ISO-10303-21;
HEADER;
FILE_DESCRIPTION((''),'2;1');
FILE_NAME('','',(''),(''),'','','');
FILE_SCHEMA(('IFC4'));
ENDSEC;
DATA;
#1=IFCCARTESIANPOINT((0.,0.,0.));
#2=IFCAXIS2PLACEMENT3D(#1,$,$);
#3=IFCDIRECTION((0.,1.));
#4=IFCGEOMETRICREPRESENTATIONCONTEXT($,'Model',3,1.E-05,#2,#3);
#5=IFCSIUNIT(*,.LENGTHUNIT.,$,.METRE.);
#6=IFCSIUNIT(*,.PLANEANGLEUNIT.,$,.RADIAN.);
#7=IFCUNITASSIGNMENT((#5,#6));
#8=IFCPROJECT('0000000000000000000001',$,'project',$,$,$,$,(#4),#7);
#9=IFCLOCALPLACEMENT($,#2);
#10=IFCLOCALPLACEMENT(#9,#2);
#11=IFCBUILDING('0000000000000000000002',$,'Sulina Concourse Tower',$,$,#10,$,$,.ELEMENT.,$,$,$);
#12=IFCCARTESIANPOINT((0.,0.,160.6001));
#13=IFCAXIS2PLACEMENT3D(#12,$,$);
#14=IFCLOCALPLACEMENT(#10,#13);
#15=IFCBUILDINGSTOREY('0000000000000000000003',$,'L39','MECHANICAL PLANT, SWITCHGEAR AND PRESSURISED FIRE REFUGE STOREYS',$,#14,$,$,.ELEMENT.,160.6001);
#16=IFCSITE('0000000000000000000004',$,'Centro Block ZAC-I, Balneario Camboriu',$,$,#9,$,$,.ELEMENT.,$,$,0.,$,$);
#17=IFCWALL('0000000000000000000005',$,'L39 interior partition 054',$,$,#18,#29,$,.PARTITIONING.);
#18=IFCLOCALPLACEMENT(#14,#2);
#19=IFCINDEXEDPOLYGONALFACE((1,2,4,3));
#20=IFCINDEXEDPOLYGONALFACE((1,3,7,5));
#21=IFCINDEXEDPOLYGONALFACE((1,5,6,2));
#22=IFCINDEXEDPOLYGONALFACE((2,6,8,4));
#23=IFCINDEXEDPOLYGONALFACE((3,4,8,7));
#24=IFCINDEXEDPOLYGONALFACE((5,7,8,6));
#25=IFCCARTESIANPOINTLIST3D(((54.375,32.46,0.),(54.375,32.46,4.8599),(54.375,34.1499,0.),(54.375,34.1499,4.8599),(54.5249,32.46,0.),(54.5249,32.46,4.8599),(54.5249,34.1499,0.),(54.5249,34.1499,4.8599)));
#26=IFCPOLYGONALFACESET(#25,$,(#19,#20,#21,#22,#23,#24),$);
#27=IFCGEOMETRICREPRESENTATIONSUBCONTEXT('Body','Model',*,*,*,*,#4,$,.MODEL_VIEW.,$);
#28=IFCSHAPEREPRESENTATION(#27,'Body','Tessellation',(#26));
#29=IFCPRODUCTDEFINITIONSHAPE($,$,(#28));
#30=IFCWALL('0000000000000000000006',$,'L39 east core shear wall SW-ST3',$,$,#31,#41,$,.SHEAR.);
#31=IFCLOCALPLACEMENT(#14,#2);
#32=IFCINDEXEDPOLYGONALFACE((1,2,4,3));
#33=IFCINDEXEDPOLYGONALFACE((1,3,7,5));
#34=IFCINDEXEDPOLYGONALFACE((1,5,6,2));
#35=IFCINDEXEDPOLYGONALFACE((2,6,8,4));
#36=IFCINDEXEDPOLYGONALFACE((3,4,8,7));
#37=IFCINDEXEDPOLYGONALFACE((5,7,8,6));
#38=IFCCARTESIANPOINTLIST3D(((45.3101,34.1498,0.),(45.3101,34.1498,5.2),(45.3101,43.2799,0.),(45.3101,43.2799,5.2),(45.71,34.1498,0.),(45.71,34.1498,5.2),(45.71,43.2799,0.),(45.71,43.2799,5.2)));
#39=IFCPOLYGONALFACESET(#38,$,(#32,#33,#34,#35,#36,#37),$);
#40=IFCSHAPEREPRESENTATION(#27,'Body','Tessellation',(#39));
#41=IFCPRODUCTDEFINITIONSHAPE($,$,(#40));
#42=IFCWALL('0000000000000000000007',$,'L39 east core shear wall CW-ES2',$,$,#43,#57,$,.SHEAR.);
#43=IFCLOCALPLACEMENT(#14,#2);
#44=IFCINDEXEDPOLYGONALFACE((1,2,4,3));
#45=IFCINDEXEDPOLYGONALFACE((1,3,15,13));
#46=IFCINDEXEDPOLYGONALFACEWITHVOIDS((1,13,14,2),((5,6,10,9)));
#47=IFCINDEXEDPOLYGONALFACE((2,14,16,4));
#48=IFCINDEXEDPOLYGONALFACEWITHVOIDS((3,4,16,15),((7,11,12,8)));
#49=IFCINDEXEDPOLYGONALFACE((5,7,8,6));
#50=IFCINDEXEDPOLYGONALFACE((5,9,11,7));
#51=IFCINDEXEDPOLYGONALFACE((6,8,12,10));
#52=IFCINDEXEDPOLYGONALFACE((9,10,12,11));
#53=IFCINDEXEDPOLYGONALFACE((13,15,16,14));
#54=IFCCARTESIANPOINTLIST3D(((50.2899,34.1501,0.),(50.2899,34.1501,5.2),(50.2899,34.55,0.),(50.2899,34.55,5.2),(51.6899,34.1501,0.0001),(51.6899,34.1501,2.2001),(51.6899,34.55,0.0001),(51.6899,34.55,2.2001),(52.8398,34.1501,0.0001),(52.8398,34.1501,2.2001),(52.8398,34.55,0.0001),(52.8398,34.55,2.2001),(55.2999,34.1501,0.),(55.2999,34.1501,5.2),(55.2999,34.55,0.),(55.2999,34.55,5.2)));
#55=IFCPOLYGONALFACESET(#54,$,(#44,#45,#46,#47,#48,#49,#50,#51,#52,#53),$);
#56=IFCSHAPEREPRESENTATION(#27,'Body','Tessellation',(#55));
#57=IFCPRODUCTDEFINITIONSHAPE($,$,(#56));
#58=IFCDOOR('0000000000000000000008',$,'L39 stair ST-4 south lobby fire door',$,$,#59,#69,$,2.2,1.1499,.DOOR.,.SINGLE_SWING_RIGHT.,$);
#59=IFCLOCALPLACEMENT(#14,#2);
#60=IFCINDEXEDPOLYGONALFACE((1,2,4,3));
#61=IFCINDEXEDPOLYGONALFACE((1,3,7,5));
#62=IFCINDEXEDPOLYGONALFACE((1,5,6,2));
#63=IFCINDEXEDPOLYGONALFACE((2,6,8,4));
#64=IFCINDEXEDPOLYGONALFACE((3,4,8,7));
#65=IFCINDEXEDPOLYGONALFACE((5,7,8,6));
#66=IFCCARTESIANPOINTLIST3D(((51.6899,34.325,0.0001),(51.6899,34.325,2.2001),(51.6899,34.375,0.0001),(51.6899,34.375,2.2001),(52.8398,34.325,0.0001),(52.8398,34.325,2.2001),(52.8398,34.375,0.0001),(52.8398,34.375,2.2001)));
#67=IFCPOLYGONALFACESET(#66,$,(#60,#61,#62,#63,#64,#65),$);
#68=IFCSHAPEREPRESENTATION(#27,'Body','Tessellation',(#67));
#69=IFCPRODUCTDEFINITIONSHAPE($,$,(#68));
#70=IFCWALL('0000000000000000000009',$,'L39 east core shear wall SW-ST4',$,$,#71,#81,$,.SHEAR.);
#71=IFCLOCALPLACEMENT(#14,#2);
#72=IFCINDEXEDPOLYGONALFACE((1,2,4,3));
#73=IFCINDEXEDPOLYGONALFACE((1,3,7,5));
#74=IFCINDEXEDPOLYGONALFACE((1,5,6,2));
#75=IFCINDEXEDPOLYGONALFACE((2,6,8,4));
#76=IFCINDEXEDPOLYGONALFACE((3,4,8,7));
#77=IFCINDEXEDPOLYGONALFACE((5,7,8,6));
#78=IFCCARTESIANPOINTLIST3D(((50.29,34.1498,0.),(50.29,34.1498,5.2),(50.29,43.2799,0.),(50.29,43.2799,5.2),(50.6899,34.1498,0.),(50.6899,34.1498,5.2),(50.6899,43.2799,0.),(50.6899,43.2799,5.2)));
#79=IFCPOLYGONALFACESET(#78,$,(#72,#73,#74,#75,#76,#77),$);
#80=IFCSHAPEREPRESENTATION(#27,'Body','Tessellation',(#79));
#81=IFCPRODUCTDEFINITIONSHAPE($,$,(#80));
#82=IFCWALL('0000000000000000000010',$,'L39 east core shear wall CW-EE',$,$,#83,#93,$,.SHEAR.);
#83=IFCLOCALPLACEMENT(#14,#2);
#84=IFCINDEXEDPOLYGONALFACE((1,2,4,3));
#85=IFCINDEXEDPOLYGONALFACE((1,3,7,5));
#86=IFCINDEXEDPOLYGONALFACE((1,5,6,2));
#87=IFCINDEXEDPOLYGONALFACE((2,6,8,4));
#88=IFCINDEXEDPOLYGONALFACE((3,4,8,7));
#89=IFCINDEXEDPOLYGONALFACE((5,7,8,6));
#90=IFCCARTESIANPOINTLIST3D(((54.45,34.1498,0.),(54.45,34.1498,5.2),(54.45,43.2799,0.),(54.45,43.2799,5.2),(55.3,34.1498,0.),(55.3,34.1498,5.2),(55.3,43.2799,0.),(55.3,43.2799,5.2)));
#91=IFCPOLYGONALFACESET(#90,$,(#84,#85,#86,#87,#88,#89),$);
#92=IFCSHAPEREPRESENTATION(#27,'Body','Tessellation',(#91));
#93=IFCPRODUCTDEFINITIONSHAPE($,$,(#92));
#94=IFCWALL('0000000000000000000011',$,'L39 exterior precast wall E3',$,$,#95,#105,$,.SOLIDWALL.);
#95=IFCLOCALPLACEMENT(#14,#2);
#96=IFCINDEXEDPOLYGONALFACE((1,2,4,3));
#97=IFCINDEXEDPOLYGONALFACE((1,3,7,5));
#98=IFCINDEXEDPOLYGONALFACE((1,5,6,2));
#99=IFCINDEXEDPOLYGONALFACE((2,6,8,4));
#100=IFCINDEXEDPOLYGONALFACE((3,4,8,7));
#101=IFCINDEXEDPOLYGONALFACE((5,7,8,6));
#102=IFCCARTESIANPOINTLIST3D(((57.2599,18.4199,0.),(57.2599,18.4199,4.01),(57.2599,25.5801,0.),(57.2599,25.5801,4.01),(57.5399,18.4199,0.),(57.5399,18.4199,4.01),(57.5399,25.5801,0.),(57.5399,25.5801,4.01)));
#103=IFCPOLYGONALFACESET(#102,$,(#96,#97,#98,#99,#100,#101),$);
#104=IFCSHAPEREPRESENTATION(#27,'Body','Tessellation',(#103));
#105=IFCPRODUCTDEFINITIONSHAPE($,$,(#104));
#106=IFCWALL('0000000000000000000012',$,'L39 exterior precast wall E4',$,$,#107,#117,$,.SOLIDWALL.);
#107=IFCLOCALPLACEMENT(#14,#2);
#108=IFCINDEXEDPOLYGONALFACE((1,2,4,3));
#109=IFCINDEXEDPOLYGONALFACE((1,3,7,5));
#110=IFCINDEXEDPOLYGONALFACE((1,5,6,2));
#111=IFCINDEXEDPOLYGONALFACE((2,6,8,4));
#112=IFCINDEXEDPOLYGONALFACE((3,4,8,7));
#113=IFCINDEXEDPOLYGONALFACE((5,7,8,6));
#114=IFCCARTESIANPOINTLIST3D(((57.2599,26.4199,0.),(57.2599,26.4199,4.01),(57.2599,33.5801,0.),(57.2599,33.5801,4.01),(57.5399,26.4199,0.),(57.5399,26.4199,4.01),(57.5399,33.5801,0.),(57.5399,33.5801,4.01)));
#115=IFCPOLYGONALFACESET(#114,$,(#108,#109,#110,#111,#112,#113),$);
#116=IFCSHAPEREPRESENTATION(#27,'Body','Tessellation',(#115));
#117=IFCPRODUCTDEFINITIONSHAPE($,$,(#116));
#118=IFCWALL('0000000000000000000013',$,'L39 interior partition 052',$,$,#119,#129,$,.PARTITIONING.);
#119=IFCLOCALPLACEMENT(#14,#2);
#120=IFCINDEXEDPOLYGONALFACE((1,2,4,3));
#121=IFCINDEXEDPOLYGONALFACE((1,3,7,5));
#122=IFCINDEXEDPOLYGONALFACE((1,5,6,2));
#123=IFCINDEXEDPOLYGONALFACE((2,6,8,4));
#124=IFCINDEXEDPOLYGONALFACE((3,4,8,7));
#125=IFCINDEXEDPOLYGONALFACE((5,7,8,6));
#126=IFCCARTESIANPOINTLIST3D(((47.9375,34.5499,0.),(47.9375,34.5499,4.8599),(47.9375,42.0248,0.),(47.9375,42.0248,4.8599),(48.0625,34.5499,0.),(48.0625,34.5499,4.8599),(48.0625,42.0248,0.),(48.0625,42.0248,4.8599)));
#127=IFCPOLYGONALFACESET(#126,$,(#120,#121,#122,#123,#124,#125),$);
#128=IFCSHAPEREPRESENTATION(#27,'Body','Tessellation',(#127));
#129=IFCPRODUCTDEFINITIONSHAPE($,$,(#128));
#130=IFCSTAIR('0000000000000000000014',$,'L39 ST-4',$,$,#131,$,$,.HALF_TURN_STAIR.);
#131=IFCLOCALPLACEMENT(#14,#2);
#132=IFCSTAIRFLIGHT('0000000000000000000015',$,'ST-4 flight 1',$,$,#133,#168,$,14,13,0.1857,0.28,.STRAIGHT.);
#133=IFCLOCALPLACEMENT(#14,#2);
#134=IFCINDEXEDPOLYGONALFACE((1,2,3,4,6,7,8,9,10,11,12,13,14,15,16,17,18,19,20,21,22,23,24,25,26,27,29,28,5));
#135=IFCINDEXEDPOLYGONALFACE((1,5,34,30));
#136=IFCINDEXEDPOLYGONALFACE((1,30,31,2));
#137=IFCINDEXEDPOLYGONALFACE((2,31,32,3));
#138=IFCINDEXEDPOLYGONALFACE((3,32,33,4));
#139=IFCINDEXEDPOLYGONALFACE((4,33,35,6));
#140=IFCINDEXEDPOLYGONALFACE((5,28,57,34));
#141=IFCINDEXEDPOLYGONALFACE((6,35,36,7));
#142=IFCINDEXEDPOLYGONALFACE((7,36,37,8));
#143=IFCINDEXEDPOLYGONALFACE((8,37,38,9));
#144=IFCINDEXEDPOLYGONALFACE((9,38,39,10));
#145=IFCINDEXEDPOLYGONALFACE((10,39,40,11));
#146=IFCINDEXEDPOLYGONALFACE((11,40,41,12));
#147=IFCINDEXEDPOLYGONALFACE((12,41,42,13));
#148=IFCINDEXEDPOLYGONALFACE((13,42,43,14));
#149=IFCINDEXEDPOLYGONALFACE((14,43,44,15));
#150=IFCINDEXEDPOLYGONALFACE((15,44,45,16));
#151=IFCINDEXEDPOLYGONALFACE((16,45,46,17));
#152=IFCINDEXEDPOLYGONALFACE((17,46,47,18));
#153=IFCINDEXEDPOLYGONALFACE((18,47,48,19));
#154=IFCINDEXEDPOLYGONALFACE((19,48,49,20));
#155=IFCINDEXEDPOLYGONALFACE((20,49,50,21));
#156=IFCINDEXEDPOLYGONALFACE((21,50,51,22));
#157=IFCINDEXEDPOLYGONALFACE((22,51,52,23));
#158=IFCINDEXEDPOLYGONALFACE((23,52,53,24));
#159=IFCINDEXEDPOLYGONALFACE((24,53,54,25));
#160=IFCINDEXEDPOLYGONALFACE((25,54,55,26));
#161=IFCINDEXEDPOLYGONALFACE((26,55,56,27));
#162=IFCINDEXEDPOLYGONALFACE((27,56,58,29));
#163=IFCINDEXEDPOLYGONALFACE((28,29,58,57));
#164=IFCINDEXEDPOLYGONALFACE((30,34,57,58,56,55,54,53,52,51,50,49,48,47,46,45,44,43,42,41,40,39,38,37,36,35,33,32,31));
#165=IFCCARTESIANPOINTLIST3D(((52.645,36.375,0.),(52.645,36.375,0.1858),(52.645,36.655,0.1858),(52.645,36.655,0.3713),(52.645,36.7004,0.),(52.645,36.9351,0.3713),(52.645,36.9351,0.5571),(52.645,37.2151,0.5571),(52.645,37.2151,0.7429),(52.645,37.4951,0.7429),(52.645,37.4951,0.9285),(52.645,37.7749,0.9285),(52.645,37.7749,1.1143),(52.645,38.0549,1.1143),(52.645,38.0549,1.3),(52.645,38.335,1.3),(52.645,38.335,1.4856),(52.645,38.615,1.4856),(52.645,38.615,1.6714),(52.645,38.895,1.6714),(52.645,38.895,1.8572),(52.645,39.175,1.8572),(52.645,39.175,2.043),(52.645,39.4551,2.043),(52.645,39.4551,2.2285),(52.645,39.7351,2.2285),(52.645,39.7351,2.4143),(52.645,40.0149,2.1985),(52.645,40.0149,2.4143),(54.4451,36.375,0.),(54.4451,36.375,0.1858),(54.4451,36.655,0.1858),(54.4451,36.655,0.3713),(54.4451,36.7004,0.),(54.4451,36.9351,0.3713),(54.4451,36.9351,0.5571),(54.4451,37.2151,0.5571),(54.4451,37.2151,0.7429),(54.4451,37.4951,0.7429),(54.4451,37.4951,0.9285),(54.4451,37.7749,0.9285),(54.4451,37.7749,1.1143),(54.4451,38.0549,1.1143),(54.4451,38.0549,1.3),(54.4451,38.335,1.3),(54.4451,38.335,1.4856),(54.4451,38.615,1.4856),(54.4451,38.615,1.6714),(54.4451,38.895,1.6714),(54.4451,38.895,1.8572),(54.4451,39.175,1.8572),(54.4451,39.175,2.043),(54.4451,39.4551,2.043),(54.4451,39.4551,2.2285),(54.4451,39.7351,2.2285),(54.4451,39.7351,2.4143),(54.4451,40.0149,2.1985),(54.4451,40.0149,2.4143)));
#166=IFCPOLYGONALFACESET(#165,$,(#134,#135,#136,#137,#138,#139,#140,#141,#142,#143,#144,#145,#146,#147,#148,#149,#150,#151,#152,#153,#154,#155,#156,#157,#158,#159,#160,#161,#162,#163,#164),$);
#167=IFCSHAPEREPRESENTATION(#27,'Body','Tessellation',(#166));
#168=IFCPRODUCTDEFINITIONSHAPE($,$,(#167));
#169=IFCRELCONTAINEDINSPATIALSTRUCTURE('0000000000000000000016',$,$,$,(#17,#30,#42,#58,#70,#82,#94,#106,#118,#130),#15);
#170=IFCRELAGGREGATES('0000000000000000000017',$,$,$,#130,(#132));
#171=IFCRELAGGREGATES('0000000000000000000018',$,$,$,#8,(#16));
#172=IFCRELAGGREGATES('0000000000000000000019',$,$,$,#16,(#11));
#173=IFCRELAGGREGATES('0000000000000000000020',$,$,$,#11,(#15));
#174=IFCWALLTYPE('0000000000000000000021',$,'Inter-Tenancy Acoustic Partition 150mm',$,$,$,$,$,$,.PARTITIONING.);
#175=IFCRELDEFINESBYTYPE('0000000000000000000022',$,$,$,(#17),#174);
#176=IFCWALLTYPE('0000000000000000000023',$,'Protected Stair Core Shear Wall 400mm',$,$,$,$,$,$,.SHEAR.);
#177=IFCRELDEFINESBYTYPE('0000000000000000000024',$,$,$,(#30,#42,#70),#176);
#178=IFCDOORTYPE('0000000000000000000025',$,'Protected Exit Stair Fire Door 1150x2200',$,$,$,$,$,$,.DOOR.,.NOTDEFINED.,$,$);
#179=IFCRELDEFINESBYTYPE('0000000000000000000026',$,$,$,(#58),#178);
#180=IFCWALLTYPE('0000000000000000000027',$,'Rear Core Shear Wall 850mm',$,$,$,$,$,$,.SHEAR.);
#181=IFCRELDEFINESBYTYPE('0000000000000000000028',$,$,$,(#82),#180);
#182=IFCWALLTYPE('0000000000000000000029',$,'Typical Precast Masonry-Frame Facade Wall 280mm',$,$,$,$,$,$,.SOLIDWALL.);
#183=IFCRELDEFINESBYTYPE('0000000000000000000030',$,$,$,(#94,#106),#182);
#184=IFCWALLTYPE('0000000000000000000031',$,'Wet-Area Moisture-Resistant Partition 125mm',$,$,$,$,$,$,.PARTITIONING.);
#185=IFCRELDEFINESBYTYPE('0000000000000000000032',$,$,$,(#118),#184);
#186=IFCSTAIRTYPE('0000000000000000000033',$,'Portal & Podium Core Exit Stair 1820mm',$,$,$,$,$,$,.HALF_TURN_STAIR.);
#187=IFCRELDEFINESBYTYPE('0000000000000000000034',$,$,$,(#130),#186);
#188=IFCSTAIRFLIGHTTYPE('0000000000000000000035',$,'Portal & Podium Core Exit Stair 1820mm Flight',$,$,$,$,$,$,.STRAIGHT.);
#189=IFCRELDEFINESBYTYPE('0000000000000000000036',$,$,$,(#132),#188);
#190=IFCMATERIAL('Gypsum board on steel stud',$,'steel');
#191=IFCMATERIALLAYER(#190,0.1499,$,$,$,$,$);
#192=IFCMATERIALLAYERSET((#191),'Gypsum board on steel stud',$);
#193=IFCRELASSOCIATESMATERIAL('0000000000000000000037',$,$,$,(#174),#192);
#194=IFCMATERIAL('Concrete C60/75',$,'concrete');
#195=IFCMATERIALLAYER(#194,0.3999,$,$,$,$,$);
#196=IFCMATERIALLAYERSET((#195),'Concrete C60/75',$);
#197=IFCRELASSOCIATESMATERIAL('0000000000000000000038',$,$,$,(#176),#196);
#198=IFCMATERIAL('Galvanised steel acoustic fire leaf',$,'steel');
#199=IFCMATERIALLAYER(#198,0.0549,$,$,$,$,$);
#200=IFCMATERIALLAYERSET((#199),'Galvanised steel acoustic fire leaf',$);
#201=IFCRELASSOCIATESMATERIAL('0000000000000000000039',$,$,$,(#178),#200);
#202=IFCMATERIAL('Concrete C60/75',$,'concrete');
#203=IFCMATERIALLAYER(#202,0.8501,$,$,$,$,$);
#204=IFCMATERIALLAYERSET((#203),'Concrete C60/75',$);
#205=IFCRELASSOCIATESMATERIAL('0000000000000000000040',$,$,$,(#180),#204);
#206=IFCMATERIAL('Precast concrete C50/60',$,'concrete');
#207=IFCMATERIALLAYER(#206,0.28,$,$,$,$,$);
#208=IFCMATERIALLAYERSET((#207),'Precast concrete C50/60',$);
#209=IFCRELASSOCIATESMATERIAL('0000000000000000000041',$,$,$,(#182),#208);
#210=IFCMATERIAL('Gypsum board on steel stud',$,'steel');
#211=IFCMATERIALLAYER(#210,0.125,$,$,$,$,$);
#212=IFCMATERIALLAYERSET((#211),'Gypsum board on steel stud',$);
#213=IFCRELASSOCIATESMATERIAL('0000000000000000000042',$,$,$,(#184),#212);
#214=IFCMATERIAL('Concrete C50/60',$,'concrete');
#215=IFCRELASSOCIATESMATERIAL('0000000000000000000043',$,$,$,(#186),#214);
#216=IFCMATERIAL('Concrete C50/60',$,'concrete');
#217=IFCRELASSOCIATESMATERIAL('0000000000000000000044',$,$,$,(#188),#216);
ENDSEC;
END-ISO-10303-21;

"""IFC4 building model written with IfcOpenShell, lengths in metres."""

from ifc_helpers import new_model, si_unit, direction, frame, frame_2d, origin, place, context, subcontext, project, spatial, polyline, rectangle, outline, extrude, material, layer, layer_set, type_object, element, fill, aggregate, save


model = new_model("IFC4")

# Units and contexts
model_context = context("Model", 3, precision=1e-05, world=origin(), true_north=direction((0.0, 1.0)))
body_context = subcontext(model_context, "Body", "Model", "MODEL_VIEW")
ifc_project = project(units=[si_unit("LENGTHUNIT", "METRE"), si_unit("PLANEANGLEUNIT", "RADIAN")], contexts=[model_context])

# Site, building, storey
site_placement = place(None, origin())
site = spatial("IfcSite", under=ifc_project, at=site_placement, Name="Centro Block ZAC-I, Balneario Camboriu", CompositionType="ELEMENT", RefElevation=0.0)
building_placement = place(site_placement, origin())
building = spatial("IfcBuilding", under=site, at=building_placement, Name="Sulina Concourse Tower", CompositionType="ELEMENT")
storey_placement = place(building_placement, frame((0.0, 0.0, 160.6001)))
storey = spatial("IfcBuildingStorey", under=building, at=storey_placement, Name="L39", Description="MECHANICAL PLANT, SWITCHGEAR AND PRESSURISED FIRE REFUGE STOREYS", CompositionType="ELEMENT", Elevation=160.6001)

# Walls
ifc_material_1 = material(Name="Gypsum board on steel stud", Category="steel")
ifc_layer_1 = layer(ifc_material_1, 0.1499)
ifc_layer_set_1 = layer_set([ifc_layer_1], Name="Gypsum board on steel stud")
wall_type_1 = type_object("IfcWallType", Name="Inter-Tenancy Acoustic Partition 150mm", PredefinedType="PARTITIONING", material=ifc_layer_set_1)
wall_1_placement = place(storey_placement, frame((54.45, 32.46, 0.0), z_axis=(0.0, 0.0, 1.0), x_axis=(0.0, 1.0, 0.0)))
element("IfcWall", 1, at=wall_1_placement, inside=storey, type_object=wall_type_1, Name="L39 interior partition 054", PredefinedType="PARTITIONING", context=body_context, shape_type="SweptSolid", body=[
    extrude(rectangle(XDim=1.6899, YDim=0.1499, at=frame_2d((0.845, 0.0))), origin(), (0.0, 0.0, 1.0), 4.8599),
])
ifc_material_2 = material(Name="Concrete C60/75", Category="concrete")
ifc_layer_2 = layer(ifc_material_2, 0.3999)
ifc_layer_set_2 = layer_set([ifc_layer_2], Name="Concrete C60/75")
wall_type_2 = type_object("IfcWallType", Name="Protected Stair Core Shear Wall 400mm", PredefinedType="SHEAR", material=ifc_layer_set_2)
wall_2_placement = place(storey_placement, frame((45.51, 34.1499, 0.0), z_axis=(0.0, 0.0, 1.0), x_axis=(0.0, 1.0, 0.0)))
element("IfcWall", 2, at=wall_2_placement, inside=storey, type_object=wall_type_2, Name="L39 east core shear wall SW-ST3", PredefinedType="SHEAR", context=body_context, shape_type="SweptSolid", body=[
    extrude(rectangle(XDim=9.1301, YDim=0.3999, at=frame_2d((4.5649, 0.0))), origin(), (0.0, 0.0, 1.0), 5.2),
])

# Wall, opening, door
wall_3_placement = place(storey_placement, frame((50.29, 34.3501, 0.0), z_axis=(0.0, 0.0, 1.0), x_axis=(1.0, 0.0, 0.0)))
wall_3 = element("IfcWall", 3, at=wall_3_placement, inside=storey, type_object=wall_type_2, Name="L39 east core shear wall CW-ES2", PredefinedType="SHEAR", context=body_context, shape_type="SweptSolid", body=[
    extrude(rectangle(XDim=5.01, YDim=0.3999, at=frame_2d((2.5049, 0.0))), origin(), (0.0, 0.0, 1.0), 5.2),
])
opening_1_placement = place(wall_3_placement, frame((1.3999, 0.0, 0.0)))
opening_1 = element("IfcOpeningElement", 4, at=opening_1_placement, cuts=wall_3, PredefinedType="OPENING", context=body_context, shape_type="SweptSolid", body=[
    extrude(rectangle(XDim=1.1499, YDim=2.2, at=frame_2d((0.575, 1.1001))), frame((0.0, 0.21, 0.0), z_axis=(0.0, -1.0, 0.0), x_axis=(1.0, 0.0, 0.0)), (0.0, 0.0, 1.0), 0.4199),
])
ifc_material_3 = material(Name="Galvanised steel acoustic fire leaf", Category="steel")
ifc_layer_3 = layer(ifc_material_3, 0.0549)
ifc_layer_set_3 = layer_set([ifc_layer_3], Name="Galvanised steel acoustic fire leaf")
door_type_1 = type_object("IfcDoorType", Name="Protected Exit Stair Fire Door 1150x2200", OperationType="NOTDEFINED", PredefinedType="DOOR", material=ifc_layer_set_3)
door_1_placement = place(opening_1_placement, origin())
door_1 = element("IfcDoor", 5, at=door_1_placement, inside=storey, type_object=door_type_1, Name="L39 stair ST-4 south lobby fire door", OperationType="SINGLE_SWING_RIGHT", OverallHeight=2.2, OverallWidth=1.1499, PredefinedType="DOOR", context=body_context, shape_type="SweptSolid", body=[
    extrude(rectangle(XDim=1.1499, YDim=2.2, at=frame_2d((0.575, 1.1001))), frame((0.0, 0.0249, 0.0), z_axis=(0.0, -1.0, 0.0), x_axis=(1.0, 0.0, 0.0)), (0.0, 0.0, 1.0), 0.05),
])
fill(opening_1, door_1)

# Walls
wall_4_placement = place(storey_placement, frame((50.49, 34.1499, 0.0), z_axis=(0.0, 0.0, 1.0), x_axis=(0.0, 1.0, 0.0)))
element("IfcWall", 6, at=wall_4_placement, inside=storey, type_object=wall_type_2, Name="L39 east core shear wall SW-ST4", PredefinedType="SHEAR", context=body_context, shape_type="SweptSolid", body=[
    extrude(rectangle(XDim=9.1301, YDim=0.3999, at=frame_2d((4.5649, 0.0))), origin(), (0.0, 0.0, 1.0), 5.2),
])
ifc_material_4 = material(Name="Concrete C60/75", Category="concrete")
ifc_layer_4 = layer(ifc_material_4, 0.8501)
ifc_layer_set_4 = layer_set([ifc_layer_4], Name="Concrete C60/75")
wall_type_3 = type_object("IfcWallType", Name="Rear Core Shear Wall 850mm", PredefinedType="SHEAR", material=ifc_layer_set_4)
wall_5_placement = place(storey_placement, frame((54.875, 34.1499, 0.0), z_axis=(0.0, 0.0, 1.0), x_axis=(0.0, 1.0, 0.0)))
element("IfcWall", 7, at=wall_5_placement, inside=storey, type_object=wall_type_3, Name="L39 east core shear wall CW-EE", PredefinedType="SHEAR", context=body_context, shape_type="SweptSolid", body=[
    extrude(rectangle(XDim=9.1301, YDim=0.8501, at=frame_2d((4.5649, 0.0))), origin(), (0.0, 0.0, 1.0), 5.2),
])
ifc_material_5 = material(Name="Precast concrete C50/60", Category="concrete")
ifc_layer_5 = layer(ifc_material_5, 0.28)
ifc_layer_set_5 = layer_set([ifc_layer_5], Name="Precast concrete C50/60")
wall_type_4 = type_object("IfcWallType", Name="Typical Precast Masonry-Frame Facade Wall 280mm", PredefinedType="SOLIDWALL", material=ifc_layer_set_5)
for number, where, z_axis, x_axis, name in (
    (8, (57.3999, 25.5801, 0.0), (0.0, 0.0, 1.0), (0.0, -1.0, 0.0), "L39 exterior precast wall E3"),
    (9, (57.3999, 33.5801, 0.0), (0.0, 0.0, 1.0), (0.0, -1.0, 0.0), "L39 exterior precast wall E4"),
):
    element("IfcWall", number, at=place(storey_placement, frame(where, z_axis=z_axis, x_axis=x_axis)), inside=storey, type_object=wall_type_4, Name=name, PredefinedType="SOLIDWALL", context=body_context, shape_type="SweptSolid", body=[
        extrude(rectangle(XDim=7.1602, YDim=0.28, at=frame_2d((3.5801, 0.0))), origin(), (0.0, 0.0, 1.0), 4.01),
    ])
ifc_material_6 = material(Name="Gypsum board on steel stud", Category="steel")
ifc_layer_6 = layer(ifc_material_6, 0.125)
ifc_layer_set_6 = layer_set([ifc_layer_6], Name="Gypsum board on steel stud")
wall_type_5 = type_object("IfcWallType", Name="Wet-Area Moisture-Resistant Partition 125mm", PredefinedType="PARTITIONING", material=ifc_layer_set_6)
wall_6_placement = place(storey_placement, frame((48.0, 34.55, 0.0), z_axis=(0.0, 0.0, 1.0), x_axis=(0.0, 1.0, 0.0)))
element("IfcWall", 10, at=wall_6_placement, inside=storey, type_object=wall_type_5, Name="L39 interior partition 052", PredefinedType="PARTITIONING", context=body_context, shape_type="SweptSolid", body=[
    extrude(rectangle(XDim=7.4749, YDim=0.125, at=frame_2d((3.7373, 0.0))), origin(), (0.0, 0.0, 1.0), 4.8599),
])

# Stair, stair flight
ifc_material_7 = material(Name="Concrete C50/60", Category="concrete")
stair_type = type_object("IfcStairType", Name="Portal & Podium Core Exit Stair 1820mm", PredefinedType="HALF_TURN_STAIR", material=ifc_material_7)
stair_placement = place(storey_placement, origin())
stair = element("IfcStair", 11, at=stair_placement, inside=storey, type_object=stair_type, Name="L39 ST-4", PredefinedType="HALF_TURN_STAIR")
ifc_material_8 = material(Name="Concrete C50/60", Category="concrete")
stair_flight_type = type_object("IfcStairFlightType", Name="Portal & Podium Core Exit Stair 1820mm Flight", PredefinedType="STRAIGHT", material=ifc_material_8)
stair_flight_placement = place(storey_placement, frame((53.5449, 36.375, 0.0), z_axis=(0.0, 0.0, 1.0), x_axis=(0.0, 1.0, 0.0)))
stair_flight = element("IfcStairFlight", 12, at=stair_flight_placement, type_object=stair_flight_type, Name="ST-4 flight 1", NumberOfRisers=14, NumberOfTreads=13, PredefinedType="STRAIGHT", RiserHeight=0.1857, TreadLength=0.28, context=body_context, shape_type="SweptSolid", body=[
    extrude(outline(polyline([(0.0, 0.0), (0.0, 0.1858), (0.28, 0.1858), (0.28, 0.3713), (0.5601, 0.3713), (0.5601, 0.5571), (0.8401, 0.5571), (0.8401, 0.7429), (1.1201, 0.7429), (1.1201, 0.9285), (1.3999, 0.9285), (1.3999, 1.1143), (1.6799, 1.1143), (1.6799, 1.3), (1.96, 1.3), (1.96, 1.4856), (2.24, 1.4856), (2.24, 1.6714), (2.52, 1.6714), (2.52, 1.8572), (2.8, 1.8572), (2.8, 2.043), (3.0801, 2.043), (3.0801, 2.2285), (3.3601, 2.2285), (3.3601, 2.4143), (3.6399, 2.4143), (3.6399, 2.6001), (3.6399, 2.1985), (0.3254, 0.0), (0.0, 0.0)])), frame((0.0, 0.8999, 0.0), z_axis=(0.0, -1.0, 0.0), x_axis=(1.0, 0.0, 0.0)), (0.0, 0.0, 1.0), 1.8),
])
aggregate(stair, [stair_flight])

save(model, "model.ifc")
